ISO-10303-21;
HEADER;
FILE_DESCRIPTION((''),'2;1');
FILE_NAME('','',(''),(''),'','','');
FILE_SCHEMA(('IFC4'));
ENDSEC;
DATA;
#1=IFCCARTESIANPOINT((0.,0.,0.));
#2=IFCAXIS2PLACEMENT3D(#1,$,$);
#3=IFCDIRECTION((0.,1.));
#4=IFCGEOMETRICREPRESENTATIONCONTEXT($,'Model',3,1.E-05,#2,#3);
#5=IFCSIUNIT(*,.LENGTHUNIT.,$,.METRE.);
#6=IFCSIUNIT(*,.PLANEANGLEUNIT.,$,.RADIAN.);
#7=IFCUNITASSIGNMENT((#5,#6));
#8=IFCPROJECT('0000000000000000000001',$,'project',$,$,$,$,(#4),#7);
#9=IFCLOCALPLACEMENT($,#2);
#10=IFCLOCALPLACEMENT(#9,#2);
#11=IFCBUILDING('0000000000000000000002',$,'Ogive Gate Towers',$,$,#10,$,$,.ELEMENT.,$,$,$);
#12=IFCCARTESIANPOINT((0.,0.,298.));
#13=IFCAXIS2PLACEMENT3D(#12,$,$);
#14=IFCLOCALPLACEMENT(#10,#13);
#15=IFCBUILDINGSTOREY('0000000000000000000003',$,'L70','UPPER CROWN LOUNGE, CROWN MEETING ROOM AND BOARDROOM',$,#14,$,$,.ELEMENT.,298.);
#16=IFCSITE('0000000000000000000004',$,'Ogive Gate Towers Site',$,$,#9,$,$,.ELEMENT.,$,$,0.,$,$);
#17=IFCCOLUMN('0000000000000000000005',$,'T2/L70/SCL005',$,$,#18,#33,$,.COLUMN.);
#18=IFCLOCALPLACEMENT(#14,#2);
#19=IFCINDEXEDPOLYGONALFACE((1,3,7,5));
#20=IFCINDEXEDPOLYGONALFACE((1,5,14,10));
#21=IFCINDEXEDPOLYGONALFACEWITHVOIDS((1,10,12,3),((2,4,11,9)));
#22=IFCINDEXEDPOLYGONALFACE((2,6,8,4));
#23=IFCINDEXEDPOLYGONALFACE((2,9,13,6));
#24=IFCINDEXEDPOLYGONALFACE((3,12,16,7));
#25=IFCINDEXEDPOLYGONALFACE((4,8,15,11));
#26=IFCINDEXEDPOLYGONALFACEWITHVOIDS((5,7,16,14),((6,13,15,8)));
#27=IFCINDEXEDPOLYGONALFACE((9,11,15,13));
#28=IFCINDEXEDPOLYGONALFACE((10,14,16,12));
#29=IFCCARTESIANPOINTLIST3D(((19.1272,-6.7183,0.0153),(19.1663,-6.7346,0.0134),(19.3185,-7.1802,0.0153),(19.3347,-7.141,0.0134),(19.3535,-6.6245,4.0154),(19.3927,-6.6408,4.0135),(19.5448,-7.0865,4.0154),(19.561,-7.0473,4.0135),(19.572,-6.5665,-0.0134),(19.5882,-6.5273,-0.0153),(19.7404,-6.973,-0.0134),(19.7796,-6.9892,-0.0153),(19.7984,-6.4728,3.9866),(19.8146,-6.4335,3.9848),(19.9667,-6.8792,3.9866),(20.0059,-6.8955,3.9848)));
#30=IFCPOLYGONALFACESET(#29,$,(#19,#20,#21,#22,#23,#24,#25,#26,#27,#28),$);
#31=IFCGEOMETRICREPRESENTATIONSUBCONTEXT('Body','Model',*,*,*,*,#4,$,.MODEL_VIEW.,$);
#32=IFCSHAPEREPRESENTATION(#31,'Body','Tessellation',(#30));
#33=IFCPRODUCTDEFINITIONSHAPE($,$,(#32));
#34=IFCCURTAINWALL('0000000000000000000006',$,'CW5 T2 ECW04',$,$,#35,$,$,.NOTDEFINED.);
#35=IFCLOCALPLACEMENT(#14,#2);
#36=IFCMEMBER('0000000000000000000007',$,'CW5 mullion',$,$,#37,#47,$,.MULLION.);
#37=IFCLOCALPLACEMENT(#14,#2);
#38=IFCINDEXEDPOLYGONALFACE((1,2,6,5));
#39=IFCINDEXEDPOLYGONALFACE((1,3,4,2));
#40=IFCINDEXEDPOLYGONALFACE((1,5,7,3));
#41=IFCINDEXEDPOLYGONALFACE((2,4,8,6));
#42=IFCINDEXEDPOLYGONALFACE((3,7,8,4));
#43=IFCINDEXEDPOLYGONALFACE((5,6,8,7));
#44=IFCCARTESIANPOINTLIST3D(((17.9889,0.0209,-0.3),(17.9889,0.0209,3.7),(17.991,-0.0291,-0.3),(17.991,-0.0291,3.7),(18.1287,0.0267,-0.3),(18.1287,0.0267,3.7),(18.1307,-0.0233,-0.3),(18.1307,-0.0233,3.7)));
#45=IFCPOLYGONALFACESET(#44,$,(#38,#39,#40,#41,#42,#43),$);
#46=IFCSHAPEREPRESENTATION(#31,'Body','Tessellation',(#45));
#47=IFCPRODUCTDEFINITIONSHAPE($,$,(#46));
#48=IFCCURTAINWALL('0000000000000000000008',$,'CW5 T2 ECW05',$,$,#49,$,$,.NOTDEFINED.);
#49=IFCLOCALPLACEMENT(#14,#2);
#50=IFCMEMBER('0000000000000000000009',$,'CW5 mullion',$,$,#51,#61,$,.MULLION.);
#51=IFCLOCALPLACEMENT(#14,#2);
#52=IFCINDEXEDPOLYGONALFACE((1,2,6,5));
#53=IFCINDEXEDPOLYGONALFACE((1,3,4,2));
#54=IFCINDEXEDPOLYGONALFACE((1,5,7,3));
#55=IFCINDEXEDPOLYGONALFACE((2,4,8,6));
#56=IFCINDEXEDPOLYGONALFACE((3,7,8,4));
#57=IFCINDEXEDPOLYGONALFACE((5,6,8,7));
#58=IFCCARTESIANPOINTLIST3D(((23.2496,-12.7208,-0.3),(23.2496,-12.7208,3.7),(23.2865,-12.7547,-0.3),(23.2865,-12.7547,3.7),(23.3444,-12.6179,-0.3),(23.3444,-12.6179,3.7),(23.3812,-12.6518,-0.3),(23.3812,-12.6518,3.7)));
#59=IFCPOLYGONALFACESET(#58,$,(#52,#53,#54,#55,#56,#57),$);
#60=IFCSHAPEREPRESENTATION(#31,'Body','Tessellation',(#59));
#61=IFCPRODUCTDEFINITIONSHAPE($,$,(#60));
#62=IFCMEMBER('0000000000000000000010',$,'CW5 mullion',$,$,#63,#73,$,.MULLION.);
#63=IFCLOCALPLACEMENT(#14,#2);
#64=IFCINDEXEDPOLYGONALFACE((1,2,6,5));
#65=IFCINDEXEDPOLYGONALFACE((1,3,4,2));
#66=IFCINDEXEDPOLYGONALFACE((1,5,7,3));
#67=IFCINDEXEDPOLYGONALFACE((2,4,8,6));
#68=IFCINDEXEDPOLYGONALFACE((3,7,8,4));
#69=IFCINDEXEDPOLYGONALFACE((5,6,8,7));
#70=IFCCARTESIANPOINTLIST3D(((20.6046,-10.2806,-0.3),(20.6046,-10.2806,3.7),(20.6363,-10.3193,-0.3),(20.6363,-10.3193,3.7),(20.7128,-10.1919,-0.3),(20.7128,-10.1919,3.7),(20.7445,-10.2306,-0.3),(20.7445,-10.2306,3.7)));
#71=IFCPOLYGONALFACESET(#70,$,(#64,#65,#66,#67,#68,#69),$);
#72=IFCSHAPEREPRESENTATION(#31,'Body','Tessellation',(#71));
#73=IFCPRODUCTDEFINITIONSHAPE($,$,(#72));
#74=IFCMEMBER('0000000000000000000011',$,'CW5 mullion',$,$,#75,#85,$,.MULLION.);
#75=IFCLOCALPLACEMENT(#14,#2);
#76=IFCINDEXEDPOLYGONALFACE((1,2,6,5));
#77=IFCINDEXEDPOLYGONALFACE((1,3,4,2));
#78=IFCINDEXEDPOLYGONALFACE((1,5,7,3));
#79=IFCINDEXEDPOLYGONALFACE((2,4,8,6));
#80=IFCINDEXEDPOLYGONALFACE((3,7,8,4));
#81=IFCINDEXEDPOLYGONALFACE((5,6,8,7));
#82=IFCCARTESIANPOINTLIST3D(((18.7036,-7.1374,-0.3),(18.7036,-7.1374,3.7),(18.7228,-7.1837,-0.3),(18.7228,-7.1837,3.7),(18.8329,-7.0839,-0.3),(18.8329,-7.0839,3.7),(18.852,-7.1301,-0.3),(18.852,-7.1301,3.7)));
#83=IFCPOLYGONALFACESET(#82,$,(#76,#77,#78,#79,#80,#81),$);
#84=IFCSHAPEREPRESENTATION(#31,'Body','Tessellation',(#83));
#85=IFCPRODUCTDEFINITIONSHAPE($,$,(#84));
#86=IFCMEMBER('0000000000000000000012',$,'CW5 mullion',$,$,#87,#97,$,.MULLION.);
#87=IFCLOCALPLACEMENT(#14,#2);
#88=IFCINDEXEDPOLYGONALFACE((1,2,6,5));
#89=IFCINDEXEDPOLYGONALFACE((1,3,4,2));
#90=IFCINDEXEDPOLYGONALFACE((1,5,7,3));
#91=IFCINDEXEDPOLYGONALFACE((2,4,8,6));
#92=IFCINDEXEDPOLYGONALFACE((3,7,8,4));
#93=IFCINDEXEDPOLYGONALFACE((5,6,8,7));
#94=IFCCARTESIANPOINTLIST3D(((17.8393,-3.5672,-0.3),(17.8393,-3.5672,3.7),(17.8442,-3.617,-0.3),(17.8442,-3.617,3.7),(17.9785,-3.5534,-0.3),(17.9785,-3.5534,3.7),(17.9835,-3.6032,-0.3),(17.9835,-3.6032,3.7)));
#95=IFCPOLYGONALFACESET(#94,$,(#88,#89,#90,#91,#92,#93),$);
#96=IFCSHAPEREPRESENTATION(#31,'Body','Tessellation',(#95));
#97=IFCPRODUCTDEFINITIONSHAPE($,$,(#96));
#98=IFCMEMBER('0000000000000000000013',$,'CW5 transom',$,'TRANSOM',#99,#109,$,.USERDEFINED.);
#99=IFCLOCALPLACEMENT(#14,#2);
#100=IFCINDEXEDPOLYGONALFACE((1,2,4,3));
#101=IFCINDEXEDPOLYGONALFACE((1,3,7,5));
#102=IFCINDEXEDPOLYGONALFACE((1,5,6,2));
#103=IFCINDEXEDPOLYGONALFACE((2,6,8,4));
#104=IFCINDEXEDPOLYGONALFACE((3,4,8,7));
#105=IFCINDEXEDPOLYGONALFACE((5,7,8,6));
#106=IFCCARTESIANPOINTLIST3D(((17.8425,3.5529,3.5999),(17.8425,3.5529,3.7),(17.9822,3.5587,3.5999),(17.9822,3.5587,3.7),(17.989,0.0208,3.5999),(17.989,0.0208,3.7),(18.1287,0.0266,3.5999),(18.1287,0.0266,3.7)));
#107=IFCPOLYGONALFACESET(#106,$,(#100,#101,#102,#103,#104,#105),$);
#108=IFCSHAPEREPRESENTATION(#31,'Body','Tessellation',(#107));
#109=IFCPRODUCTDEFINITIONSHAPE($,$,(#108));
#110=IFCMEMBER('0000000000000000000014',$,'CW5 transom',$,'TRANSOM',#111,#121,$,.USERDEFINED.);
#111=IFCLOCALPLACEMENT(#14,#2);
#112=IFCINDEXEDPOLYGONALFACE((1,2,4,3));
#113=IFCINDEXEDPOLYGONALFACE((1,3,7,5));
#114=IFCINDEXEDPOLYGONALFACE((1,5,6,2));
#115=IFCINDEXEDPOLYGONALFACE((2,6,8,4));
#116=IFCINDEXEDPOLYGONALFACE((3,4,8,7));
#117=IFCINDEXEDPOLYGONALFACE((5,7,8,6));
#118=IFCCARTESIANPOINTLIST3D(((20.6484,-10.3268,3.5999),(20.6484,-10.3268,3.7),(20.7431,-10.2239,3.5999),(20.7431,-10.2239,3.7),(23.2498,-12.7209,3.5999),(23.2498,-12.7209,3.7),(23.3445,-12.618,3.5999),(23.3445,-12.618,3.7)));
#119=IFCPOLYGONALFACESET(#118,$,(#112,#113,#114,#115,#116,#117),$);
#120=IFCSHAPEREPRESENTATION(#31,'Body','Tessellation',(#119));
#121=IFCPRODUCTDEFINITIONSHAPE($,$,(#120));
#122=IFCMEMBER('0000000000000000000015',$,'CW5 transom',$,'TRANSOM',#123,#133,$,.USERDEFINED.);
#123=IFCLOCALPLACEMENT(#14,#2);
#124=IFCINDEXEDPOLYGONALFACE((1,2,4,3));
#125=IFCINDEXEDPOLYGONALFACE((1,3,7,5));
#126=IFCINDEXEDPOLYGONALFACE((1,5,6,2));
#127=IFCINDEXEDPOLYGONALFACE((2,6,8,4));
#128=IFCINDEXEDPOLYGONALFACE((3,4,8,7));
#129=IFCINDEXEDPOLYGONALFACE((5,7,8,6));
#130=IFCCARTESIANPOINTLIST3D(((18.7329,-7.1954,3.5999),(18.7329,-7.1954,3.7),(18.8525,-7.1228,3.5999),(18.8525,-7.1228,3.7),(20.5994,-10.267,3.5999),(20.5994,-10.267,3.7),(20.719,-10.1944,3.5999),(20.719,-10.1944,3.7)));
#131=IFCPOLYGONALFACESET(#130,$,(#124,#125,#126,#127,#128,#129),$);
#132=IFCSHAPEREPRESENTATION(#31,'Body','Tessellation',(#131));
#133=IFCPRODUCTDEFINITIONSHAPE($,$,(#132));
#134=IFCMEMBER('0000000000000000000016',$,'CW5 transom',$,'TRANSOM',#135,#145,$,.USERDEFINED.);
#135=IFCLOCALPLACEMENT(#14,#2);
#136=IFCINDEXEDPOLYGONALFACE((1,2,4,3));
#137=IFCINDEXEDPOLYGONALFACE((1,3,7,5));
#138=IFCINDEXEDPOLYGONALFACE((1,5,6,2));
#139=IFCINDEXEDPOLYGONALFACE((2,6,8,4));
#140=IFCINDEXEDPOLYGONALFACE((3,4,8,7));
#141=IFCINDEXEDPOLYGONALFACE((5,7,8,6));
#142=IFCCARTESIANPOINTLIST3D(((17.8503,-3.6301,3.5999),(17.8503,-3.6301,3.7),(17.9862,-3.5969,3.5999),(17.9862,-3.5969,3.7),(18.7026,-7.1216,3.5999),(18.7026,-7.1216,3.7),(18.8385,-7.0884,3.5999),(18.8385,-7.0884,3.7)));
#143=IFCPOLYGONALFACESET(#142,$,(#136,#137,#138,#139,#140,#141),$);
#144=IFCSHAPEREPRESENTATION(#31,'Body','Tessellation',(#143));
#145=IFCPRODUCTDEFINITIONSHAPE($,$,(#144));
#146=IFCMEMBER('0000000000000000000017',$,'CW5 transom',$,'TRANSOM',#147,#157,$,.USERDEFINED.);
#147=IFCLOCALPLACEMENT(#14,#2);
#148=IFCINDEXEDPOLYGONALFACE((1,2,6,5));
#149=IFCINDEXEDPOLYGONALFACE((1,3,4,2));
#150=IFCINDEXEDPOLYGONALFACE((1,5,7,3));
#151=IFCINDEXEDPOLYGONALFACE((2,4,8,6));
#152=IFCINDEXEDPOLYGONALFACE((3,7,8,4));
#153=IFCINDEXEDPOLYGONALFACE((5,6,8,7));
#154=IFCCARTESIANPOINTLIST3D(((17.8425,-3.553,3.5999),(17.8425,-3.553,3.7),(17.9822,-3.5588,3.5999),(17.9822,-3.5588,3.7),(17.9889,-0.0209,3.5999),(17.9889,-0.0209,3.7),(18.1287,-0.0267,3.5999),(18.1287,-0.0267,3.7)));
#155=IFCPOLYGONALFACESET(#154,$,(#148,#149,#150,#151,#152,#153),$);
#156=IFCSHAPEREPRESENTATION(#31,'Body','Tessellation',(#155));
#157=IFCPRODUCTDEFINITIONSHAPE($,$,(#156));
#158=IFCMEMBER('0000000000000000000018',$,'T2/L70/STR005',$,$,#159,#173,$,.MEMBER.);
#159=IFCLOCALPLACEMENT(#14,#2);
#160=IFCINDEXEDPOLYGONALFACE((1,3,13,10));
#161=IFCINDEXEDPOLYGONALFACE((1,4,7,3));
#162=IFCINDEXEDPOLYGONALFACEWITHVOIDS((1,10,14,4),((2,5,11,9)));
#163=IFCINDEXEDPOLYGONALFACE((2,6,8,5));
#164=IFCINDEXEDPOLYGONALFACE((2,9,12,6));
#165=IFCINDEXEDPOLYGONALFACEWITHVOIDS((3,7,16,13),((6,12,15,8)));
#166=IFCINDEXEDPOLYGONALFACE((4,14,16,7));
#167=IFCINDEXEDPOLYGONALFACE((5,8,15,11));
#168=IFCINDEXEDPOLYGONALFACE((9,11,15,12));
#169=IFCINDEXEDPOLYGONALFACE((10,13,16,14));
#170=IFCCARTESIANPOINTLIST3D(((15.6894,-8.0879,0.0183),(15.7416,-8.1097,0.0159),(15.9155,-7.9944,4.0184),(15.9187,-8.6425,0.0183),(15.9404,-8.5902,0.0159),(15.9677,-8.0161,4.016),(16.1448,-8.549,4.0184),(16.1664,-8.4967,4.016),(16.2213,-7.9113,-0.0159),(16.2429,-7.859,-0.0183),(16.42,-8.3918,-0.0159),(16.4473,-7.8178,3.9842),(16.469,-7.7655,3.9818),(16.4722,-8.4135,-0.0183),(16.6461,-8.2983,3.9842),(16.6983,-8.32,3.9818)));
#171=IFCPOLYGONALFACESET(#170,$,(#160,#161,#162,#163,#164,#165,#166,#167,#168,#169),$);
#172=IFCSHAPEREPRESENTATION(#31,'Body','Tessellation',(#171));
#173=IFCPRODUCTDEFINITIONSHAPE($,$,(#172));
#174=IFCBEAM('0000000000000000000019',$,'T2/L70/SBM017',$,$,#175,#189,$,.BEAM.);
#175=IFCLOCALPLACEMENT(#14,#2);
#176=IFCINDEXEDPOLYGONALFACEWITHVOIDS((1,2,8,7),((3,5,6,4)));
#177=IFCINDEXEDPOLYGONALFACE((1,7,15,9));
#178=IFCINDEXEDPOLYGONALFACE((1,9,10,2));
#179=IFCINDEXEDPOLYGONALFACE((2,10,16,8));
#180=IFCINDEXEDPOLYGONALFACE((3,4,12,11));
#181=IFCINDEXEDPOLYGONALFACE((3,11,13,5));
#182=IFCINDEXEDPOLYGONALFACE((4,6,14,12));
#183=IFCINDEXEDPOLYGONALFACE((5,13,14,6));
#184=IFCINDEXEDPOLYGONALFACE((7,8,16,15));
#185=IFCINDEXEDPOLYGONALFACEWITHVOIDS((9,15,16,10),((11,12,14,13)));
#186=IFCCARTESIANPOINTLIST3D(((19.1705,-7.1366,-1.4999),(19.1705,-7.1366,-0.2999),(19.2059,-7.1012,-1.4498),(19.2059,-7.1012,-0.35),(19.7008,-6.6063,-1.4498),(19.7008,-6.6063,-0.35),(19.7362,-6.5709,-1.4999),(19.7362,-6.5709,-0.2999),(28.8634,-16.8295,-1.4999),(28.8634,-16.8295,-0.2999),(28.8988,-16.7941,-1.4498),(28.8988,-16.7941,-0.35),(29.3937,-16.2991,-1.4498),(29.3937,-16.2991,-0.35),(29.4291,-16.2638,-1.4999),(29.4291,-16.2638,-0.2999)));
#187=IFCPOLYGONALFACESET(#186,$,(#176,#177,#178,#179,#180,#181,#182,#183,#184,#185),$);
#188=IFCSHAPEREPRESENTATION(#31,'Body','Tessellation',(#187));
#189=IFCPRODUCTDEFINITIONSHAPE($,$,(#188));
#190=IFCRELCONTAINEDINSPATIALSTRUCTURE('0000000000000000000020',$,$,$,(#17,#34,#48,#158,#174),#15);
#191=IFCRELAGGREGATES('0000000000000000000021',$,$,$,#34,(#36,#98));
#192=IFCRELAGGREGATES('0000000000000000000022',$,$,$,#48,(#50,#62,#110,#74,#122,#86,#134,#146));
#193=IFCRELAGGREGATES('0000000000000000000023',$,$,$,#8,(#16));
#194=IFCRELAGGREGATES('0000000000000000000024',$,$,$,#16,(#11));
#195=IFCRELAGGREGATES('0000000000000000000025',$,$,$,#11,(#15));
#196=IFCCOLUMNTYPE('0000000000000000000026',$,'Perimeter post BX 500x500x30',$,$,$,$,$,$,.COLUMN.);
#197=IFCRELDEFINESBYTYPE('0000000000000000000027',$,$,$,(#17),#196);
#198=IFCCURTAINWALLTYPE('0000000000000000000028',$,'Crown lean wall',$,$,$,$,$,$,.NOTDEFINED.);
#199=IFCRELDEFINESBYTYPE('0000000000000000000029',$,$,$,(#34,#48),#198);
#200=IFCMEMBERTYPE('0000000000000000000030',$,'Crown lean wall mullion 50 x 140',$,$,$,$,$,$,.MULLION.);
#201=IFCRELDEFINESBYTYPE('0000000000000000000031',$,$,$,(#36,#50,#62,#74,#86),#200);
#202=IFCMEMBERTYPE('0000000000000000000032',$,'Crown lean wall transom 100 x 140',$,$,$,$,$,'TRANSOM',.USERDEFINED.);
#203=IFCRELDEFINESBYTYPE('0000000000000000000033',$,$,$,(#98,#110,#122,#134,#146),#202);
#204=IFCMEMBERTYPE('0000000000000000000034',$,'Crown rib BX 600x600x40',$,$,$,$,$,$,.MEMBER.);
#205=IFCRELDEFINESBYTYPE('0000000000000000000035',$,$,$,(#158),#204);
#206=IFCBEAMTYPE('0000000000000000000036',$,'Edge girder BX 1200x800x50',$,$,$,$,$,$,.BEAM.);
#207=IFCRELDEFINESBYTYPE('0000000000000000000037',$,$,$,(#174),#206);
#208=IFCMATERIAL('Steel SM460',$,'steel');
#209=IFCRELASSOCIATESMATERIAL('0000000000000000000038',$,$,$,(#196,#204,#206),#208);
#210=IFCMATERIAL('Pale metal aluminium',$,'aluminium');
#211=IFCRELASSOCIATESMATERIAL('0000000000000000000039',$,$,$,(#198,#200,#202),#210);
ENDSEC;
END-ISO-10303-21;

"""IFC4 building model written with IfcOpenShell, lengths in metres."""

from ifc_helpers import new_model, si_unit, direction, frame, origin, origin_2d, place, context, subcontext, project, spatial, rectangle, hollow_rectangle, extrude, material, material_profile, profile_set, type_object, element, aggregate, save


model = new_model("IFC4")

# Units and contexts
model_context = context("Model", 3, precision=1e-05, world=origin(), true_north=direction((0.0, 1.0)))
body_context = subcontext(model_context, "Body", "Model", "MODEL_VIEW")
ifc_project = project(units=[si_unit("LENGTHUNIT", "METRE"), si_unit("PLANEANGLEUNIT", "RADIAN")], contexts=[model_context])

# Site, building, storey
site_placement = place(None, origin())
site = spatial("IfcSite", under=ifc_project, at=site_placement, Name="Ogive Gate Towers Site", CompositionType="ELEMENT", RefElevation=0.0)
building_placement = place(site_placement, origin())
building = spatial("IfcBuilding", under=site, at=building_placement, Name="Ogive Gate Towers", CompositionType="ELEMENT")
storey_placement = place(building_placement, frame((0.0, 0.0, 298.0)))
storey = spatial("IfcBuildingStorey", under=building, at=storey_placement, Name="L70", Description="UPPER CROWN LOUNGE, CROWN MEETING ROOM AND BOARDROOM", CompositionType="ELEMENT", Elevation=298.0)

# Column
ifc_material_1 = material(Name="Steel SM460", Category="steel")
ifc_material_profile_1 = material_profile(ifc_material_1, hollow_rectangle(XDim=0.5, YDim=0.5, WallThickness=0.03, at=origin_2d()), Name="BX 500x500x30")
ifc_profile_set_1 = profile_set([ifc_material_profile_1], Name="Steel SM460")
column_type = type_object("IfcColumnType", Name="Perimeter post BX 500x500x30", PredefinedType="COLUMN", material=ifc_profile_set_1)
column_placement = place(storey_placement, frame((19.4534, -6.8538, 0.0), z_axis=(0.056474, 0.023394, 0.99813), x_axis=(-0.382704, 0.923871, 0.0)))
element("IfcColumn", 1, at=column_placement, inside=storey, type_object=column_type, Name="T2/L70/SCL005", PredefinedType="COLUMN", context=body_context, shape_type="SweptSolid", body=[
    extrude(hollow_rectangle(XDim=0.5, YDim=0.5, WallThickness=0.03, at=origin_2d()), origin(), (0.0, 0.0, 1.0), 4.0076),
])

# Curtain wall, member
ifc_material_2 = material(Name="Pale metal aluminium", Category="aluminium")
curtain_wall_type = type_object("IfcCurtainWallType", Name="Crown lean wall", PredefinedType="NOTDEFINED", material=ifc_material_2)
curtain_wall_1_placement = place(storey_placement, origin())
curtain_wall_1 = element("IfcCurtainWall", 2, at=curtain_wall_1_placement, inside=storey, type_object=curtain_wall_type, Name="CW5 T2 ECW04", PredefinedType="NOTDEFINED")
ifc_material_profile_2 = material_profile(ifc_material_2, rectangle(XDim=0.1399, YDim=0.05, at=origin_2d()), Name="50 x 140 aluminium box")
ifc_profile_set_2 = profile_set([ifc_material_profile_2], Name="Pale metal aluminium")
member_type_1 = type_object("IfcMemberType", Name="Crown lean wall mullion 50 x 140", PredefinedType="MULLION", material=ifc_profile_set_2)
member_1_placement = place(storey_placement, frame((18.0598, -0.0012, -0.3), z_axis=(0.0, 0.0, 1.0), x_axis=(0.999141, 0.04144, 0.0)))
member_1 = element("IfcMember", 3, at=member_1_placement, type_object=member_type_1, Name="CW5 mullion", PredefinedType="MULLION", context=body_context, shape_type="SweptSolid", body=[
    extrude(rectangle(XDim=0.1399, YDim=0.05, at=origin_2d()), origin(), (0.0, 0.0, 1.0), 4.0),
])

# Curtain wall, members
curtain_wall_2_placement = place(storey_placement, origin())
curtain_wall_2 = element("IfcCurtainWall", 4, at=curtain_wall_2_placement, inside=storey, type_object=curtain_wall_type, Name="CW5 T2 ECW05", PredefinedType="NOTDEFINED")
member_2_placement = place(storey_placement, frame((23.3154, -12.6863, -0.3), z_axis=(0.0, 0.0, 1.0), x_axis=(0.677184, 0.735813, 0.0)))
member_2 = element("IfcMember", 5, at=member_2_placement, type_object=member_type_1, Name="CW5 mullion", PredefinedType="MULLION", context=body_context, shape_type="SweptSolid", body=[
    extrude(rectangle(XDim=0.1399, YDim=0.05, at=origin_2d()), origin(), (0.0, 0.0, 1.0), 4.0),
])
member_3_placement = place(storey_placement, frame((20.6746, -10.2556, -0.3), z_axis=(0.0, 0.0, 1.0), x_axis=(0.77352, 0.633772, 0.0)))
member_3 = element("IfcMember", 6, at=member_3_placement, type_object=member_type_1, Name="CW5 mullion", PredefinedType="MULLION", context=body_context, shape_type="SweptSolid", body=[
    extrude(rectangle(XDim=0.1399, YDim=0.05, at=origin_2d()), origin(), (0.0, 0.0, 1.0), 4.0),
])
member_4_placement = place(storey_placement, frame((18.7778, -7.1338, -0.3), z_axis=(0.0, 0.0, 1.0), x_axis=(0.92388, 0.382683, 0.0)))
member_4 = element("IfcMember", 7, at=member_4_placement, type_object=member_type_1, Name="CW5 mullion", PredefinedType="MULLION", context=body_context, shape_type="SweptSolid", body=[
    extrude(rectangle(XDim=0.1399, YDim=0.05, at=origin_2d()), origin(), (0.0, 0.0, 1.0), 4.0),
])
member_5_placement = place(storey_placement, frame((17.9114, -3.5852, -0.3), z_axis=(0.0, 0.0, 1.0), x_axis=(0.995104, 0.098833, 0.0)))
member_5 = element("IfcMember", 8, at=member_5_placement, type_object=member_type_1, Name="CW5 mullion", PredefinedType="MULLION", context=body_context, shape_type="SweptSolid", body=[
    extrude(rectangle(XDim=0.1399, YDim=0.05, at=origin_2d()), origin(), (0.0, 0.0, 1.0), 4.0),
])

# Members
ifc_material_profile_3 = material_profile(ifc_material_2, rectangle(XDim=0.1399, YDim=0.1001, at=origin_2d()), Name="100 x 140 aluminium box")
ifc_profile_set_3 = profile_set([ifc_material_profile_3], Name="Pale metal aluminium")
member_type_2 = type_object("IfcMemberType", Name="Crown lean wall transom 100 x 140", ElementType="TRANSOM", PredefinedType="USERDEFINED", material=ifc_profile_set_3)
member_6_placement = place(storey_placement, frame((18.0588, 0.0237, 3.6499), z_axis=(-0.041435, 0.999141, 0.0), x_axis=(-0.999141, -0.041435, 0.0)))
member_6 = element("IfcMember", 9, at=member_6_placement, type_object=member_type_2, Name="CW5 transom", ObjectType="TRANSOM", PredefinedType="USERDEFINED", context=body_context, shape_type="SweptSolid", body=[
    extrude(rectangle(XDim=0.1399, YDim=0.1001, at=origin_2d()), origin(), (0.0, 0.0, 1.0), 3.5352),
])
aggregate(curtain_wall_1, [member_1, member_6])
member_7_placement = place(storey_placement, frame((23.2971, -12.6694, 3.6499), z_axis=(-0.735814, 0.677184, 0.0), x_axis=(-0.677184, -0.735814, 0.0)))
member_7 = element("IfcMember", 10, at=member_7_placement, type_object=member_type_2, Name="CW5 transom", ObjectType="TRANSOM", PredefinedType="USERDEFINED", context=body_context, shape_type="SweptSolid", body=[
    extrude(rectangle(XDim=0.1399, YDim=0.1001, at=origin_2d()), origin(), (0.0, 0.0, 1.0), 3.5354),
])
member_8_placement = place(storey_placement, frame((20.6592, -10.2307, 3.6499), z_axis=(-0.519302, 0.854591, 0.0), x_axis=(-0.854591, -0.519302, 0.0)))
member_8 = element("IfcMember", 11, at=member_8_placement, type_object=member_type_2, Name="CW5 transom", ObjectType="TRANSOM", PredefinedType="USERDEFINED", context=body_context, shape_type="SweptSolid", body=[
    extrude(rectangle(XDim=0.1399, YDim=0.1001, at=origin_2d()), origin(), (0.0, 0.0, 1.0), 3.5942),
])
member_9_placement = place(storey_placement, frame((18.7705, -7.105, 3.6499), z_axis=(-0.237145, 0.971474, 0.0), x_axis=(-0.971474, -0.237145, 0.0)))
member_9 = element("IfcMember", 12, at=member_9_placement, type_object=member_type_2, Name="CW5 transom", ObjectType="TRANSOM", PredefinedType="USERDEFINED", context=body_context, shape_type="SweptSolid", body=[
    extrude(rectangle(XDim=0.1399, YDim=0.1001, at=origin_2d()), origin(), (0.0, 0.0, 1.0), 3.594),
])
member_10_placement = place(storey_placement, frame((17.9124, -3.5559, 3.6499), z_axis=(0.041435, 0.999141, 0.0), x_axis=(-0.999141, 0.041435, 0.0)))
member_10 = element("IfcMember", 13, at=member_10_placement, type_object=member_type_2, Name="CW5 transom", ObjectType="TRANSOM", PredefinedType="USERDEFINED", context=body_context, shape_type="SweptSolid", body=[
    extrude(rectangle(XDim=0.1399, YDim=0.1001, at=origin_2d()), origin(), (0.0, 0.0, 1.0), 3.5352),
])
ifc_material_profile_4 = material_profile(ifc_material_1, hollow_rectangle(XDim=0.6001, YDim=0.6001, WallThickness=0.04, at=origin_2d()), Name="BX 600x600x40")
ifc_profile_set_4 = profile_set([ifc_material_profile_4], Name="Steel SM460")
member_type_3 = type_object("IfcMemberType", Name="Crown rib BX 600x600x40", PredefinedType="MEMBER", material=ifc_profile_set_4)
member_11_placement = place(storey_placement, frame((16.0808, -8.2507, 0.0), z_axis=(0.056413, 0.023333, 0.998135), x_axis=(-0.382205, 0.924078, 0.0)))
element("IfcMember", 14, at=member_11_placement, inside=storey, type_object=member_type_3, Name="T2/L70/STR005", PredefinedType="MEMBER", context=body_context, shape_type="SweptSolid", body=[
    extrude(hollow_rectangle(XDim=0.6001, YDim=0.6001, WallThickness=0.04, at=origin_2d()), origin(), (0.0, 0.0, 1.0), 4.0076),
])

# Beam
ifc_material_profile_5 = material_profile(ifc_material_1, hollow_rectangle(XDim=0.8, YDim=1.2, WallThickness=0.05, at=origin_2d()), Name="BX 1200x800x50")
ifc_profile_set_5 = profile_set([ifc_material_profile_5], Name="Steel SM460")
beam_type = type_object("IfcBeamType", Name="Edge girder BX 1200x800x50", PredefinedType="BEAM", material=ifc_profile_set_5)
beam_placement = place(storey_placement, frame((19.4534, -6.8538, -0.8999), z_axis=(0.707107, -0.707107, 0.0), x_axis=(0.707107, 0.707107, 0.0)))
element("IfcBeam", 15, at=beam_placement, inside=storey, type_object=beam_type, Name="T2/L70/SBM017", PredefinedType="BEAM", context=body_context, shape_type="SweptSolid", body=[
    extrude(hollow_rectangle(XDim=0.8, YDim=1.2, WallThickness=0.05, at=origin_2d()), origin(), (0.0, 0.0, 1.0), 13.7078),
])

aggregate(curtain_wall_2, [member_2, member_3, member_7, member_4, member_8, member_5, member_9, member_10])

save(model, "model.ifc")
